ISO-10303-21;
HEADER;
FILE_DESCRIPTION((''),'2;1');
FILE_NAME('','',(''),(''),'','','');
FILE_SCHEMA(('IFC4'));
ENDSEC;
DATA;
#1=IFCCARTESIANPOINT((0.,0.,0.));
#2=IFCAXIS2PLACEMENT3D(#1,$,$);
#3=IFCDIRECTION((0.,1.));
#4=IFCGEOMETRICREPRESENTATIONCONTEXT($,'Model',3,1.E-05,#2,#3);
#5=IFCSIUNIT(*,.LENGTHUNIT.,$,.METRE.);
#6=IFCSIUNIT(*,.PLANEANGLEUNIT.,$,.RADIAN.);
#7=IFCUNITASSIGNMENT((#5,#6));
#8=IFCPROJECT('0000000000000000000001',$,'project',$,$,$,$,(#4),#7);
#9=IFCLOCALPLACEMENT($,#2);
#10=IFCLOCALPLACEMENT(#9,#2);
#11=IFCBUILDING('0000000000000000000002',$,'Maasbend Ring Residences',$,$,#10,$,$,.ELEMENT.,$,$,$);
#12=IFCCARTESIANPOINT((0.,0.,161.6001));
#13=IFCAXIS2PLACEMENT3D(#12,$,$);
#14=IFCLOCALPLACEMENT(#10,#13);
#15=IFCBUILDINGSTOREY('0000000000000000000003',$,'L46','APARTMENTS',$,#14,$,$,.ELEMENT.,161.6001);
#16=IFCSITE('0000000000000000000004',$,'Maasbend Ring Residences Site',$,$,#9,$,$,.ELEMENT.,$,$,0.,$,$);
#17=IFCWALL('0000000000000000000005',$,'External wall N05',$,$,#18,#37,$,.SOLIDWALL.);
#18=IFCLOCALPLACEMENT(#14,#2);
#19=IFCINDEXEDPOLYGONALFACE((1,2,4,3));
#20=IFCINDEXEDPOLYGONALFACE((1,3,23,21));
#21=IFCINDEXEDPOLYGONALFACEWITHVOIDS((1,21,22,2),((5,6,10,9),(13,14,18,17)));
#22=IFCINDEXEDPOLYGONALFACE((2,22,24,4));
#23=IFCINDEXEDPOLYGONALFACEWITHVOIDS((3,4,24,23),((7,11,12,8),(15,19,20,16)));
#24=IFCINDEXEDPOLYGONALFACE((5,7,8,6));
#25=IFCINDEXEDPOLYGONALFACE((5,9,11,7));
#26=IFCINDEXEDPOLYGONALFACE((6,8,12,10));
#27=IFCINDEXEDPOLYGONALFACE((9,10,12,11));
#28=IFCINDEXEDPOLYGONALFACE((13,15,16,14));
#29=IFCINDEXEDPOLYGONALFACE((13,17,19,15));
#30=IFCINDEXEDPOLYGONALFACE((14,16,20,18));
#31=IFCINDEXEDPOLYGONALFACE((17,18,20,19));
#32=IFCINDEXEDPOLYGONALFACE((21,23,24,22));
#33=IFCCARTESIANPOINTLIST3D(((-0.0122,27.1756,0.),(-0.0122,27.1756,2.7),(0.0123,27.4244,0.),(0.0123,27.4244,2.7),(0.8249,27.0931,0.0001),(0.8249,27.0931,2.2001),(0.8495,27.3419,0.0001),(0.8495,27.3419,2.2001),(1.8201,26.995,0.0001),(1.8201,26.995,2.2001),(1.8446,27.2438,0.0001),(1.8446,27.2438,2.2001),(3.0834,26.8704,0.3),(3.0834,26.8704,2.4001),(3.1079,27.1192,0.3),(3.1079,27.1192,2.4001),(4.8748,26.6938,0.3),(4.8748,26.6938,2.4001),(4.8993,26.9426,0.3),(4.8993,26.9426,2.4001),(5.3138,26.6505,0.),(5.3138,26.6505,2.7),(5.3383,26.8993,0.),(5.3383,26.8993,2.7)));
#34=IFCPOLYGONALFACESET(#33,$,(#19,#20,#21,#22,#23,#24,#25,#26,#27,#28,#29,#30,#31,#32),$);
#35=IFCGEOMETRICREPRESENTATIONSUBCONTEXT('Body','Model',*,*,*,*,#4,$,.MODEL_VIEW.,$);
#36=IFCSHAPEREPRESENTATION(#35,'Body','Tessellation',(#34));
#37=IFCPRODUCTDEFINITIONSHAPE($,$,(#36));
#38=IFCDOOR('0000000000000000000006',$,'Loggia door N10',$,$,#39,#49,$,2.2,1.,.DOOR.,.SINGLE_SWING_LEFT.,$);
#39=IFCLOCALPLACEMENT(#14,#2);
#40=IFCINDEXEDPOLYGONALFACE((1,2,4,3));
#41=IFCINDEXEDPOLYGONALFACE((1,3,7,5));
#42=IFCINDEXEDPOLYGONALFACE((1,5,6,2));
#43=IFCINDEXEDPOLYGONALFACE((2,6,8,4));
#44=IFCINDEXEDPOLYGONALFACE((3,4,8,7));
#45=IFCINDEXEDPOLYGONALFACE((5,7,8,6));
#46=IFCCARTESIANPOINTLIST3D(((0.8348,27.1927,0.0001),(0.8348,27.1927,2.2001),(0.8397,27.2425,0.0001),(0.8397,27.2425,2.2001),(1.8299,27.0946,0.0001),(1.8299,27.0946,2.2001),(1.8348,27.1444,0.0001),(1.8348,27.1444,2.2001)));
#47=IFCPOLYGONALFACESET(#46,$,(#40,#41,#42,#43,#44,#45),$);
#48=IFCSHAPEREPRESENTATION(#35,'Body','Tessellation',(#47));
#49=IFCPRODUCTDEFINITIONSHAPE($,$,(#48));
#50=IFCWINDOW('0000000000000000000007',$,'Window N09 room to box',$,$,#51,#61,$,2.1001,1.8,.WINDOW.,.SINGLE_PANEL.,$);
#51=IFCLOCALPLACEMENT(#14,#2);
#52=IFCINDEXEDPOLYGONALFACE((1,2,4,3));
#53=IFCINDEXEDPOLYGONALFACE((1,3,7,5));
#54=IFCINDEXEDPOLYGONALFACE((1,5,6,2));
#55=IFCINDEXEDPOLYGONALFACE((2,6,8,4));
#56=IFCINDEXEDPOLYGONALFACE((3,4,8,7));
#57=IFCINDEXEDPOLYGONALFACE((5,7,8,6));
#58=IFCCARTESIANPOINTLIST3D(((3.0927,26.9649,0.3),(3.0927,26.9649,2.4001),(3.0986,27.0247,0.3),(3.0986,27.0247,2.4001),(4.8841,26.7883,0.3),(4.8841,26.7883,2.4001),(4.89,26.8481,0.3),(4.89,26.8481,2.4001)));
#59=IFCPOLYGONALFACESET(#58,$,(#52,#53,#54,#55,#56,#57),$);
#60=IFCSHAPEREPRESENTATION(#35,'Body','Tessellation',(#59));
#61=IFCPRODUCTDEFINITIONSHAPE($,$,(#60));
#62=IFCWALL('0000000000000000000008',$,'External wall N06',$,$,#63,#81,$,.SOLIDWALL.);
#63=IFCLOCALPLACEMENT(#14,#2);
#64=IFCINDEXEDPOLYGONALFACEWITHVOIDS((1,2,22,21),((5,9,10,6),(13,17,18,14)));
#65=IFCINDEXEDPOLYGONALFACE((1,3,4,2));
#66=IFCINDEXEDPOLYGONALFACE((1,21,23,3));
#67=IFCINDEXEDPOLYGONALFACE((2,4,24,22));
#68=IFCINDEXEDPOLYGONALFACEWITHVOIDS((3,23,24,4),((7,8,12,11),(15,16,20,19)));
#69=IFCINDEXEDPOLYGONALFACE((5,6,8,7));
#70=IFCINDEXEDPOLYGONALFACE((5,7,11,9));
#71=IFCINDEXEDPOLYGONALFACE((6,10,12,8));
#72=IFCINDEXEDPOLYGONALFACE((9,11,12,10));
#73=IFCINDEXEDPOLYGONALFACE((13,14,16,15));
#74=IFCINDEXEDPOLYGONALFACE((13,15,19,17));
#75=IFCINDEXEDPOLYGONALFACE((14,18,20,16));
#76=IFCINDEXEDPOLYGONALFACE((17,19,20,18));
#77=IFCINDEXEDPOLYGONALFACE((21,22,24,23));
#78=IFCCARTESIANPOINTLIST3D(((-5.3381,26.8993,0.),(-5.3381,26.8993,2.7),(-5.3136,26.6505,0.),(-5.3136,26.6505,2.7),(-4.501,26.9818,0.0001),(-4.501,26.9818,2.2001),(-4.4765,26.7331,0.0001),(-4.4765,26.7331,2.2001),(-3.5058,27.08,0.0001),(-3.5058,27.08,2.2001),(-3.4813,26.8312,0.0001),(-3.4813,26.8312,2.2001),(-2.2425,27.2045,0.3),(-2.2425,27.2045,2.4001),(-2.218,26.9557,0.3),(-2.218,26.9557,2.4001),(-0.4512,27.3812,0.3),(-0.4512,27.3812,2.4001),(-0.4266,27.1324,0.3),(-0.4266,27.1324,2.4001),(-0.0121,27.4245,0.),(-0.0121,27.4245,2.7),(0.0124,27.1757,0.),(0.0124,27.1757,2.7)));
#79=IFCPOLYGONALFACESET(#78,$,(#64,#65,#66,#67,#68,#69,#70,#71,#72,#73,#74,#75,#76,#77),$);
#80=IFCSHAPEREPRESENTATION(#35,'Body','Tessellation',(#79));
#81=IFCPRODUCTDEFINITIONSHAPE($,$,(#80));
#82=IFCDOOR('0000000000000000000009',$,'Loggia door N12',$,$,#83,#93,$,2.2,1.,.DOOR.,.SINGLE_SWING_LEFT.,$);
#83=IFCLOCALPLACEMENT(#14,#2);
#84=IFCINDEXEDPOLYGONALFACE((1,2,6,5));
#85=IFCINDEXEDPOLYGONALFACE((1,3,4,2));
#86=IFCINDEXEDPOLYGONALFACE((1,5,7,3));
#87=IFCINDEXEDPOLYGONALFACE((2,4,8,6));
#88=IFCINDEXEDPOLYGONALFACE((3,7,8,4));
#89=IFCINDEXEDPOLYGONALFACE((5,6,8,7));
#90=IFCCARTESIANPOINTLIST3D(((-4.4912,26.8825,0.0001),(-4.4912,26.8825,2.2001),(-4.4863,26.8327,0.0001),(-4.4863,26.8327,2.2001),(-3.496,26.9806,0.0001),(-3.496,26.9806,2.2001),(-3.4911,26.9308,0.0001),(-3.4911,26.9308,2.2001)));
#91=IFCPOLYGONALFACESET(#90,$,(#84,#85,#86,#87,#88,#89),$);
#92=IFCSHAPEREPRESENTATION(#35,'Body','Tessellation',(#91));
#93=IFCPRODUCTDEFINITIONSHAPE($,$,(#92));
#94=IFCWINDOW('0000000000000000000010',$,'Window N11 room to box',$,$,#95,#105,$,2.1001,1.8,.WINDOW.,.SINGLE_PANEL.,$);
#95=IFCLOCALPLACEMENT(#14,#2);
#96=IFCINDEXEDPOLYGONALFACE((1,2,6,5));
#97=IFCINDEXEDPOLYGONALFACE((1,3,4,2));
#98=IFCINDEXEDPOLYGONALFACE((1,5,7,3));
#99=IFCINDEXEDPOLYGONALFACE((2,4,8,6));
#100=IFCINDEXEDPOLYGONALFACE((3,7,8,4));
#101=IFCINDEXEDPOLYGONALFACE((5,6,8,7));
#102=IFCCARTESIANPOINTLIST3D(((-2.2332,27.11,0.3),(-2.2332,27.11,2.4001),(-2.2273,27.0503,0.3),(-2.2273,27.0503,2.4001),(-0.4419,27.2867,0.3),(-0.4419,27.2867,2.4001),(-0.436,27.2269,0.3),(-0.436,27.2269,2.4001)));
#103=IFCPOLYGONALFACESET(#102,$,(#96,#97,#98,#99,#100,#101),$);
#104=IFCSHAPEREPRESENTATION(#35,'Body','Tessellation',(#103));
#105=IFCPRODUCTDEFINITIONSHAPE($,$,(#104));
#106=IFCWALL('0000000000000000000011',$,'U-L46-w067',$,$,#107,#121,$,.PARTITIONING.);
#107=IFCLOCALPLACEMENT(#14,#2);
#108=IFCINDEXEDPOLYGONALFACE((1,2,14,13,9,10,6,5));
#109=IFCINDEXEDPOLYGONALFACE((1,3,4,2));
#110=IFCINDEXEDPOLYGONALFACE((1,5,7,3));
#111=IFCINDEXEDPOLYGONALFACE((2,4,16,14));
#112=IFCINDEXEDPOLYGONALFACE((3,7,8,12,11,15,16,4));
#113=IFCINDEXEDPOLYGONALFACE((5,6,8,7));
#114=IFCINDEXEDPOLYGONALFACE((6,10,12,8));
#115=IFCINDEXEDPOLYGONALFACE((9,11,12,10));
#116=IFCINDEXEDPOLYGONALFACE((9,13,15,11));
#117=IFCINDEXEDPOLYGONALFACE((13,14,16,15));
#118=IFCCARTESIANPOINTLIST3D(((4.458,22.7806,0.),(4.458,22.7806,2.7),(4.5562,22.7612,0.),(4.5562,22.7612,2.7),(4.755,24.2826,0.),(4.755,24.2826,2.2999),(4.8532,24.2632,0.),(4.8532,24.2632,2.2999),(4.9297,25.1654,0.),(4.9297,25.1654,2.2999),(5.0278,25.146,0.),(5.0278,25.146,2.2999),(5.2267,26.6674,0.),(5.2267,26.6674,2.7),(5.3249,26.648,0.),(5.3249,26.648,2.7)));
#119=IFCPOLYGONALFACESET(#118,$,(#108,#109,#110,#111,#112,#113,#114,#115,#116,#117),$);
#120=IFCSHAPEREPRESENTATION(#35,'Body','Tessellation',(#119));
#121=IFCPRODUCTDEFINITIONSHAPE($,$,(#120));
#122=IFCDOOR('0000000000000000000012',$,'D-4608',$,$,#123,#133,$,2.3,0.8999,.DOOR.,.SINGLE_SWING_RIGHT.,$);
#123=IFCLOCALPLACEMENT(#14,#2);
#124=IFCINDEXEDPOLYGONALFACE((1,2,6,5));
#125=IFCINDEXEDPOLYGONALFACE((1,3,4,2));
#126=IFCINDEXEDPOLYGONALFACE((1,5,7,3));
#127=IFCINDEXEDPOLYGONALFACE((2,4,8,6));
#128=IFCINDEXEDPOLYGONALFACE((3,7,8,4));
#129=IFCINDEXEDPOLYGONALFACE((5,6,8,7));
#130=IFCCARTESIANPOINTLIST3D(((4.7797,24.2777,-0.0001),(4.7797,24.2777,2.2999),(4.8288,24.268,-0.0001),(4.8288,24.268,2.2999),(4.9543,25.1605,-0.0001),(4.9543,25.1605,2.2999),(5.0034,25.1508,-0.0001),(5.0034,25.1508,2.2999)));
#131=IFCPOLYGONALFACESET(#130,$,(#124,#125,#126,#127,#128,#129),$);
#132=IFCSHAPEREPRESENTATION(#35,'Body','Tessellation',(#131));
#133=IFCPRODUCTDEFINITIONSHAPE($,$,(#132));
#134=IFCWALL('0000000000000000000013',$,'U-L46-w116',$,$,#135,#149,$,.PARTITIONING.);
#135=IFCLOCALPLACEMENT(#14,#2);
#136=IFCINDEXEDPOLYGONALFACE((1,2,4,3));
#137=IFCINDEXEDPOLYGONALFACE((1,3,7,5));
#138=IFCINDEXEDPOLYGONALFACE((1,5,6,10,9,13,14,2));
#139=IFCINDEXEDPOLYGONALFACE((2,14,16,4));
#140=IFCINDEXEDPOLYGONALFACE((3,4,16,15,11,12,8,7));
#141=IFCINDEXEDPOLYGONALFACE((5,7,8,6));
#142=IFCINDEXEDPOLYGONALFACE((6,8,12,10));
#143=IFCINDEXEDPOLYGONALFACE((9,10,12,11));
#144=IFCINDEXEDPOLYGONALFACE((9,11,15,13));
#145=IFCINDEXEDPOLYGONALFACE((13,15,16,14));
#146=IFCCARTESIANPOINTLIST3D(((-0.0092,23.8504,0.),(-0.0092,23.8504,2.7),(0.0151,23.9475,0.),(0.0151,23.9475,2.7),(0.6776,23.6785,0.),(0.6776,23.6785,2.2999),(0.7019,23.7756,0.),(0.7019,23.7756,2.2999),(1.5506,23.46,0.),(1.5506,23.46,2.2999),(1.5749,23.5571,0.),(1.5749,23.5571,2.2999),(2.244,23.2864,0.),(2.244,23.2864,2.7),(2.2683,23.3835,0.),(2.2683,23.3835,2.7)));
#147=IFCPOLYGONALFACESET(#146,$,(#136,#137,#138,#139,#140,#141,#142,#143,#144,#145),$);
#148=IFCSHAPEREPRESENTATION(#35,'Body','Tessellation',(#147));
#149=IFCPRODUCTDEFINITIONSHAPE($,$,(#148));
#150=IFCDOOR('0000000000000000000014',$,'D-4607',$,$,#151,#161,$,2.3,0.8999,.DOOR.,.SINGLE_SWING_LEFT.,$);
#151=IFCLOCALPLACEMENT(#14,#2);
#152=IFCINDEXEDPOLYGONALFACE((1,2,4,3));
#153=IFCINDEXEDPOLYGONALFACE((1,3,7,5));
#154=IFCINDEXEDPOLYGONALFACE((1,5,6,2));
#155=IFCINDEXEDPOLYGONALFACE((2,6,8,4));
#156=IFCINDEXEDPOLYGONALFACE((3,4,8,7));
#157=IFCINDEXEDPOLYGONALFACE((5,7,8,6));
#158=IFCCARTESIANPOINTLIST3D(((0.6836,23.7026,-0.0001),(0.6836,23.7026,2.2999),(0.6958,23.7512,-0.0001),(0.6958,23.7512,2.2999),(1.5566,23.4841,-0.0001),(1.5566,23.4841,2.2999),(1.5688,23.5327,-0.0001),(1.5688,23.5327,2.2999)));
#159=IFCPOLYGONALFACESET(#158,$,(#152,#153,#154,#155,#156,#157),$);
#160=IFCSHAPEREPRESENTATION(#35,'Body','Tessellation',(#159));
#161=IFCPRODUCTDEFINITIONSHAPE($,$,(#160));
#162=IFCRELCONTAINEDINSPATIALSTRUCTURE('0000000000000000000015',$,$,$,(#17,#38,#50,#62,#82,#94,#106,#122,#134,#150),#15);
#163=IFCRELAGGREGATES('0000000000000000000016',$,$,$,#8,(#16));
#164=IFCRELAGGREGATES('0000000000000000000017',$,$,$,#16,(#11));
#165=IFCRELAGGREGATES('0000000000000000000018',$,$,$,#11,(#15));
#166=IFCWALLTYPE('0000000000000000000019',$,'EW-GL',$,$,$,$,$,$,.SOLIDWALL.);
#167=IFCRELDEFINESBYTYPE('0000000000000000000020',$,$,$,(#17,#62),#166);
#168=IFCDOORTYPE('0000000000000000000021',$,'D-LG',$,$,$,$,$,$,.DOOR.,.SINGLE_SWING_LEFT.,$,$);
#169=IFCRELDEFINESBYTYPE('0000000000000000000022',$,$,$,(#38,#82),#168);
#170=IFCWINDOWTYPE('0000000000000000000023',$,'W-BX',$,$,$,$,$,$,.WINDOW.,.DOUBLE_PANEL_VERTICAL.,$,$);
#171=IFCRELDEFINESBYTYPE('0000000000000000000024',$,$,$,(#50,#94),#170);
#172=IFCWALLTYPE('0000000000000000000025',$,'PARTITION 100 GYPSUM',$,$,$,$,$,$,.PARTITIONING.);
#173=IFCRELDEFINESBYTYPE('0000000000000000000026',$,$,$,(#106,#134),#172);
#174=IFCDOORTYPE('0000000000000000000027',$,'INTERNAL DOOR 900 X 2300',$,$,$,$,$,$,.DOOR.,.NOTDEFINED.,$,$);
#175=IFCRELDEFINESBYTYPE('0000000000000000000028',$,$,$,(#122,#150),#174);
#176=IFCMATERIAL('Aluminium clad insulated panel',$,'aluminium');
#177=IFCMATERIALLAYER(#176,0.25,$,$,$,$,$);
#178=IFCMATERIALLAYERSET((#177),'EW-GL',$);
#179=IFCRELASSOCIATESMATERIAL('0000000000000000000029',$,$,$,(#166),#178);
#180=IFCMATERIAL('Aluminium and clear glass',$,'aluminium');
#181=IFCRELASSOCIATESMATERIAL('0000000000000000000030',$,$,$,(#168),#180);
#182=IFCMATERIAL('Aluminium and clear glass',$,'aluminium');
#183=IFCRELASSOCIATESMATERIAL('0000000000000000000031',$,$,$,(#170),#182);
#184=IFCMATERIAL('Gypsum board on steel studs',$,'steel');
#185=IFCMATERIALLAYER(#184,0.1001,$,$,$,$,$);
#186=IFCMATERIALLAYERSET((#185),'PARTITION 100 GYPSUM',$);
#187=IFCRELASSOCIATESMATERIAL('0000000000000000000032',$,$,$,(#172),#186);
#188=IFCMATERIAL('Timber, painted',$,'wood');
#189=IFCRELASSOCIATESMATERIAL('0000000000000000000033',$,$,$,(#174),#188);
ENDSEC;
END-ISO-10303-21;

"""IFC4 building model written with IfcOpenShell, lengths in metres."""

from ifc_helpers import new_model, si_unit, direction, frame, frame_2d, origin, place, context, subcontext, project, spatial, rectangle, extrude, material, layer, layer_set, type_object, element, fill, save


model = new_model("IFC4")

# Units and contexts
model_context = context("Model", 3, precision=1e-05, world=origin(), true_north=direction((0.0, 1.0)))
body_context = subcontext(model_context, "Body", "Model", "MODEL_VIEW")
ifc_project = project(units=[si_unit("LENGTHUNIT", "METRE"), si_unit("PLANEANGLEUNIT", "RADIAN")], contexts=[model_context])

# Site, building, storey
site_placement = place(None, origin())
site = spatial("IfcSite", under=ifc_project, at=site_placement, Name="Maasbend Ring Residences Site", CompositionType="ELEMENT", RefElevation=0.0)
building_placement = place(site_placement, origin())
building = spatial("IfcBuilding", under=site, at=building_placement, Name="Maasbend Ring Residences", CompositionType="ELEMENT")
storey_placement = place(building_placement, frame((0.0, 0.0, 161.6001)))
storey = spatial("IfcBuildingStorey", under=building, at=storey_placement, Name="L46", Description="APARTMENTS", CompositionType="ELEMENT", Elevation=161.6001)

# Walls, openings, doors, windows
ifc_material_1 = material(Name="Aluminium clad insulated panel", Category="aluminium")
ifc_layer_1 = layer(ifc_material_1, 0.25)
ifc_layer_set_1 = layer_set([ifc_layer_1], Name="EW-GL")
wall_type_1 = type_object("IfcWallType", Name="EW-GL", PredefinedType="SOLIDWALL", material=ifc_layer_set_1)
ifc_material_2 = material(Name="Aluminium and clear glass", Category="aluminium")
door_type_1 = type_object("IfcDoorType", Name="D-LG", OperationType="SINGLE_SWING_LEFT", PredefinedType="DOOR", material=ifc_material_2)
ifc_material_3 = material(Name="Aluminium and clear glass", Category="aluminium")
window_type_1 = type_object("IfcWindowType", Name="W-BX", PartitioningType="DOUBLE_PANEL_VERTICAL", PredefinedType="WINDOW", material=ifc_material_3)
wall_1_placement = place(storey_placement, frame((5.3259, 26.7749, 0.0), z_axis=(0.0, 0.0, 1.0), x_axis=(-0.995174, 0.098126, 0.0)))
wall_1 = element("IfcWall", 1, at=wall_1_placement, inside=storey, type_object=wall_type_1, Name="External wall N05", PredefinedType="SOLIDWALL", context=body_context, shape_type="SweptSolid", body=[
    extrude(rectangle(XDim=5.3518, YDim=0.25, at=frame_2d((2.6758, 0.0))), origin(), (0.0, 0.0, 1.0), 2.7),
])
opening_1_placement = place(wall_1_placement, frame((0.4412, 0.0, 0.3)))
opening_1 = element("IfcOpeningElement", 2, at=opening_1_placement, cuts=wall_1, PredefinedType="OPENING", context=body_context, shape_type="SweptSolid", body=[
    extrude(rectangle(XDim=1.8, YDim=2.1001, at=frame_2d((0.8999, 1.05))), frame((0.0, 0.135, 0.0), z_axis=(0.0, -1.0, 0.0), x_axis=(1.0, 0.0, 0.0)), (0.0, 0.0, 1.0), 0.27),
])
opening_2_placement = place(wall_1_placement, frame((3.5105, 0.0, 0.0)))
opening_2 = element("IfcOpeningElement", 3, at=opening_2_placement, cuts=wall_1, PredefinedType="OPENING", context=body_context, shape_type="SweptSolid", body=[
    extrude(rectangle(XDim=1.0, YDim=2.2, at=frame_2d((0.5, 1.1001))), frame((0.0, 0.135, 0.0), z_axis=(0.0, -1.0, 0.0), x_axis=(1.0, 0.0, 0.0)), (0.0, 0.0, 1.0), 0.27),
])
door_1_placement = place(opening_2_placement, origin())
door_1 = element("IfcDoor", 4, at=door_1_placement, inside=storey, type_object=door_type_1, Name="Loggia door N10", OperationType="SINGLE_SWING_LEFT", OverallHeight=2.2, OverallWidth=1.0, PredefinedType="DOOR", context=body_context, shape_type="SweptSolid", body=[
    extrude(rectangle(XDim=1.0, YDim=2.2, at=frame_2d((0.5, 1.1001))), frame((0.0, 0.0249, 0.0), z_axis=(0.0, -1.0, 0.0), x_axis=(1.0, 0.0, 0.0)), (0.0, 0.0, 1.0), 0.05),
])
fill(opening_2, door_1)
window_1_placement = place(opening_1_placement, origin())
window_1 = element("IfcWindow", 5, at=window_1_placement, inside=storey, type_object=window_type_1, Name="Window N09 room to box", OverallHeight=2.1001, OverallWidth=1.8, PartitioningType="SINGLE_PANEL", PredefinedType="WINDOW", context=body_context, shape_type="SweptSolid", body=[
    extrude(rectangle(XDim=1.8, YDim=2.1001, at=frame_2d((0.8999, 1.05))), frame((0.0, 0.03, 0.0), z_axis=(0.0, -1.0, 0.0), x_axis=(1.0, 0.0, 0.0)), (0.0, 0.0, 1.0), 0.0601),
])
fill(opening_1, window_1)
wall_2_placement = place(storey_placement, frame((0.0, 27.3, 0.0), z_axis=(0.0, 0.0, 1.0), x_axis=(-0.995174, -0.098126, 0.0)))
wall_2 = element("IfcWall", 6, at=wall_2_placement, inside=storey, type_object=wall_type_1, Name="External wall N06", PredefinedType="SOLIDWALL", context=body_context, shape_type="SweptSolid", body=[
    extrude(rectangle(XDim=5.3518, YDim=0.25, at=frame_2d((2.6758, 0.0))), origin(), (0.0, 0.0, 1.0), 2.7),
])
opening_3_placement = place(wall_2_placement, frame((0.4412, 0.0, 0.3)))
opening_3 = element("IfcOpeningElement", 7, at=opening_3_placement, cuts=wall_2, PredefinedType="OPENING", context=body_context, shape_type="SweptSolid", body=[
    extrude(rectangle(XDim=1.8, YDim=2.1001, at=frame_2d((0.8999, 1.05))), frame((0.0, 0.135, 0.0), z_axis=(0.0, -1.0, 0.0), x_axis=(1.0, 0.0, 0.0)), (0.0, 0.0, 1.0), 0.27),
])
opening_4_placement = place(wall_2_placement, frame((3.5105, 0.0, 0.0)))
opening_4 = element("IfcOpeningElement", 8, at=opening_4_placement, cuts=wall_2, PredefinedType="OPENING", context=body_context, shape_type="SweptSolid", body=[
    extrude(rectangle(XDim=1.0, YDim=2.2, at=frame_2d((0.5, 1.1001))), frame((0.0, 0.135, 0.0), z_axis=(0.0, -1.0, 0.0), x_axis=(1.0, 0.0, 0.0)), (0.0, 0.0, 1.0), 0.27),
])
door_2_placement = place(opening_4_placement, origin())
door_2 = element("IfcDoor", 9, at=door_2_placement, inside=storey, type_object=door_type_1, Name="Loggia door N12", OperationType="SINGLE_SWING_LEFT", OverallHeight=2.2, OverallWidth=1.0, PredefinedType="DOOR", context=body_context, shape_type="SweptSolid", body=[
    extrude(rectangle(XDim=1.0, YDim=2.2, at=frame_2d((0.5, 1.1001))), frame((0.0, 0.0249, 0.0), z_axis=(0.0, -1.0, 0.0), x_axis=(1.0, 0.0, 0.0)), (0.0, 0.0, 1.0), 0.05),
])
fill(opening_4, door_2)
window_2_placement = place(opening_3_placement, origin())
window_2 = element("IfcWindow", 10, at=window_2_placement, inside=storey, type_object=window_type_1, Name="Window N11 room to box", OverallHeight=2.1001, OverallWidth=1.8, PartitioningType="SINGLE_PANEL", PredefinedType="WINDOW", context=body_context, shape_type="SweptSolid", body=[
    extrude(rectangle(XDim=1.8, YDim=2.1001, at=frame_2d((0.8999, 1.05))), frame((0.0, 0.03, 0.0), z_axis=(0.0, -1.0, 0.0), x_axis=(1.0, 0.0, 0.0)), (0.0, 0.0, 1.0), 0.0601),
])
fill(opening_3, window_2)

# Walls, openings, doors
ifc_material_4 = material(Name="Gypsum board on steel studs", Category="steel")
ifc_layer_2 = layer(ifc_material_4, 0.1001)
ifc_layer_set_2 = layer_set([ifc_layer_2], Name="PARTITION 100 GYPSUM")
wall_type_2 = type_object("IfcWallType", Name="PARTITION 100 GYPSUM", PredefinedType="PARTITIONING", material=ifc_layer_set_2)
wall_3_placement = place(storey_placement, frame((4.5071, 22.771, 0.0), z_axis=(0.0, 0.0, 1.0), x_axis=(0.19403, 0.980996, 0.0)))
wall_3 = element("IfcWall", 11, at=wall_3_placement, inside=storey, type_object=wall_type_2, Name="U-L46-w067", PredefinedType="PARTITIONING", context=body_context, shape_type="SweptSolid", body=[
    extrude(rectangle(XDim=3.9622, YDim=0.1001, at=frame_2d((1.981, 0.0))), origin(), (0.0, 0.0, 1.0), 2.7),
])
opening_5_placement = place(wall_3_placement, frame((1.531, 0.0, 0.0)))
opening_5 = element("IfcOpeningElement", 12, at=opening_5_placement, cuts=wall_3, PredefinedType="OPENING", context=body_context, shape_type="SweptSolid", body=[
    extrude(rectangle(XDim=0.8999, YDim=2.3, at=frame_2d((0.45, 1.1499))), frame((0.0, 0.0601, 0.0), z_axis=(0.0, -1.0, 0.0), x_axis=(1.0, 0.0, 0.0)), (0.0, 0.0, 1.0), 0.1201),
])
ifc_material_5 = material(Name="Timber, painted", Category="wood")
door_type_2 = type_object("IfcDoorType", Name="INTERNAL DOOR 900 X 2300", OperationType="NOTDEFINED", PredefinedType="DOOR", material=ifc_material_5)
door_3_placement = place(opening_5_placement, origin())
door_3 = element("IfcDoor", 13, at=door_3_placement, inside=storey, type_object=door_type_2, Name="D-4608", OperationType="SINGLE_SWING_RIGHT", OverallHeight=2.3, OverallWidth=0.8999, PredefinedType="DOOR", context=body_context, shape_type="SweptSolid", body=[
    extrude(rectangle(XDim=0.8999, YDim=2.3, at=frame_2d((0.45, 1.1499))), frame((0.0, 0.0249, 0.0), z_axis=(0.0, -1.0, 0.0), x_axis=(1.0, 0.0, 0.0)), (0.0, 0.0, 1.0), 0.05),
])
fill(opening_5, door_3)
wall_4_placement = place(storey_placement, frame((0.0029, 23.8989, 0.0), z_axis=(0.0, 0.0, 1.0), x_axis=(0.970074, -0.242808, 0.0)))
wall_4 = element("IfcWall", 14, at=wall_4_placement, inside=storey, type_object=wall_type_2, Name="U-L46-w116", PredefinedType="PARTITIONING", context=body_context, shape_type="SweptSolid", body=[
    extrude(rectangle(XDim=2.3228, YDim=0.1001, at=frame_2d((1.1614, 0.0))), origin(), (0.0, 0.0, 1.0), 2.7),
])
opening_6_placement = place(wall_4_placement, frame((0.708, 0.0, 0.0)))
opening_6 = element("IfcOpeningElement", 15, at=opening_6_placement, cuts=wall_4, PredefinedType="OPENING", context=body_context, shape_type="SweptSolid", body=[
    extrude(rectangle(XDim=0.8999, YDim=2.3, at=frame_2d((0.45, 1.1499))), frame((0.0, 0.0601, 0.0), z_axis=(0.0, -1.0, 0.0), x_axis=(1.0, 0.0, 0.0)), (0.0, 0.0, 1.0), 0.1201),
])
door_4_placement = place(opening_6_placement, origin())
door_4 = element("IfcDoor", 16, at=door_4_placement, inside=storey, type_object=door_type_2, Name="D-4607", OperationType="SINGLE_SWING_LEFT", OverallHeight=2.3, OverallWidth=0.8999, PredefinedType="DOOR", context=body_context, shape_type="SweptSolid", body=[
    extrude(rectangle(XDim=0.8999, YDim=2.3, at=frame_2d((0.45, 1.1499))), frame((0.0, 0.0249, 0.0), z_axis=(0.0, -1.0, 0.0), x_axis=(1.0, 0.0, 0.0)), (0.0, 0.0, 1.0), 0.05),
])
fill(opening_6, door_4)

save(model, "model.ifc")
